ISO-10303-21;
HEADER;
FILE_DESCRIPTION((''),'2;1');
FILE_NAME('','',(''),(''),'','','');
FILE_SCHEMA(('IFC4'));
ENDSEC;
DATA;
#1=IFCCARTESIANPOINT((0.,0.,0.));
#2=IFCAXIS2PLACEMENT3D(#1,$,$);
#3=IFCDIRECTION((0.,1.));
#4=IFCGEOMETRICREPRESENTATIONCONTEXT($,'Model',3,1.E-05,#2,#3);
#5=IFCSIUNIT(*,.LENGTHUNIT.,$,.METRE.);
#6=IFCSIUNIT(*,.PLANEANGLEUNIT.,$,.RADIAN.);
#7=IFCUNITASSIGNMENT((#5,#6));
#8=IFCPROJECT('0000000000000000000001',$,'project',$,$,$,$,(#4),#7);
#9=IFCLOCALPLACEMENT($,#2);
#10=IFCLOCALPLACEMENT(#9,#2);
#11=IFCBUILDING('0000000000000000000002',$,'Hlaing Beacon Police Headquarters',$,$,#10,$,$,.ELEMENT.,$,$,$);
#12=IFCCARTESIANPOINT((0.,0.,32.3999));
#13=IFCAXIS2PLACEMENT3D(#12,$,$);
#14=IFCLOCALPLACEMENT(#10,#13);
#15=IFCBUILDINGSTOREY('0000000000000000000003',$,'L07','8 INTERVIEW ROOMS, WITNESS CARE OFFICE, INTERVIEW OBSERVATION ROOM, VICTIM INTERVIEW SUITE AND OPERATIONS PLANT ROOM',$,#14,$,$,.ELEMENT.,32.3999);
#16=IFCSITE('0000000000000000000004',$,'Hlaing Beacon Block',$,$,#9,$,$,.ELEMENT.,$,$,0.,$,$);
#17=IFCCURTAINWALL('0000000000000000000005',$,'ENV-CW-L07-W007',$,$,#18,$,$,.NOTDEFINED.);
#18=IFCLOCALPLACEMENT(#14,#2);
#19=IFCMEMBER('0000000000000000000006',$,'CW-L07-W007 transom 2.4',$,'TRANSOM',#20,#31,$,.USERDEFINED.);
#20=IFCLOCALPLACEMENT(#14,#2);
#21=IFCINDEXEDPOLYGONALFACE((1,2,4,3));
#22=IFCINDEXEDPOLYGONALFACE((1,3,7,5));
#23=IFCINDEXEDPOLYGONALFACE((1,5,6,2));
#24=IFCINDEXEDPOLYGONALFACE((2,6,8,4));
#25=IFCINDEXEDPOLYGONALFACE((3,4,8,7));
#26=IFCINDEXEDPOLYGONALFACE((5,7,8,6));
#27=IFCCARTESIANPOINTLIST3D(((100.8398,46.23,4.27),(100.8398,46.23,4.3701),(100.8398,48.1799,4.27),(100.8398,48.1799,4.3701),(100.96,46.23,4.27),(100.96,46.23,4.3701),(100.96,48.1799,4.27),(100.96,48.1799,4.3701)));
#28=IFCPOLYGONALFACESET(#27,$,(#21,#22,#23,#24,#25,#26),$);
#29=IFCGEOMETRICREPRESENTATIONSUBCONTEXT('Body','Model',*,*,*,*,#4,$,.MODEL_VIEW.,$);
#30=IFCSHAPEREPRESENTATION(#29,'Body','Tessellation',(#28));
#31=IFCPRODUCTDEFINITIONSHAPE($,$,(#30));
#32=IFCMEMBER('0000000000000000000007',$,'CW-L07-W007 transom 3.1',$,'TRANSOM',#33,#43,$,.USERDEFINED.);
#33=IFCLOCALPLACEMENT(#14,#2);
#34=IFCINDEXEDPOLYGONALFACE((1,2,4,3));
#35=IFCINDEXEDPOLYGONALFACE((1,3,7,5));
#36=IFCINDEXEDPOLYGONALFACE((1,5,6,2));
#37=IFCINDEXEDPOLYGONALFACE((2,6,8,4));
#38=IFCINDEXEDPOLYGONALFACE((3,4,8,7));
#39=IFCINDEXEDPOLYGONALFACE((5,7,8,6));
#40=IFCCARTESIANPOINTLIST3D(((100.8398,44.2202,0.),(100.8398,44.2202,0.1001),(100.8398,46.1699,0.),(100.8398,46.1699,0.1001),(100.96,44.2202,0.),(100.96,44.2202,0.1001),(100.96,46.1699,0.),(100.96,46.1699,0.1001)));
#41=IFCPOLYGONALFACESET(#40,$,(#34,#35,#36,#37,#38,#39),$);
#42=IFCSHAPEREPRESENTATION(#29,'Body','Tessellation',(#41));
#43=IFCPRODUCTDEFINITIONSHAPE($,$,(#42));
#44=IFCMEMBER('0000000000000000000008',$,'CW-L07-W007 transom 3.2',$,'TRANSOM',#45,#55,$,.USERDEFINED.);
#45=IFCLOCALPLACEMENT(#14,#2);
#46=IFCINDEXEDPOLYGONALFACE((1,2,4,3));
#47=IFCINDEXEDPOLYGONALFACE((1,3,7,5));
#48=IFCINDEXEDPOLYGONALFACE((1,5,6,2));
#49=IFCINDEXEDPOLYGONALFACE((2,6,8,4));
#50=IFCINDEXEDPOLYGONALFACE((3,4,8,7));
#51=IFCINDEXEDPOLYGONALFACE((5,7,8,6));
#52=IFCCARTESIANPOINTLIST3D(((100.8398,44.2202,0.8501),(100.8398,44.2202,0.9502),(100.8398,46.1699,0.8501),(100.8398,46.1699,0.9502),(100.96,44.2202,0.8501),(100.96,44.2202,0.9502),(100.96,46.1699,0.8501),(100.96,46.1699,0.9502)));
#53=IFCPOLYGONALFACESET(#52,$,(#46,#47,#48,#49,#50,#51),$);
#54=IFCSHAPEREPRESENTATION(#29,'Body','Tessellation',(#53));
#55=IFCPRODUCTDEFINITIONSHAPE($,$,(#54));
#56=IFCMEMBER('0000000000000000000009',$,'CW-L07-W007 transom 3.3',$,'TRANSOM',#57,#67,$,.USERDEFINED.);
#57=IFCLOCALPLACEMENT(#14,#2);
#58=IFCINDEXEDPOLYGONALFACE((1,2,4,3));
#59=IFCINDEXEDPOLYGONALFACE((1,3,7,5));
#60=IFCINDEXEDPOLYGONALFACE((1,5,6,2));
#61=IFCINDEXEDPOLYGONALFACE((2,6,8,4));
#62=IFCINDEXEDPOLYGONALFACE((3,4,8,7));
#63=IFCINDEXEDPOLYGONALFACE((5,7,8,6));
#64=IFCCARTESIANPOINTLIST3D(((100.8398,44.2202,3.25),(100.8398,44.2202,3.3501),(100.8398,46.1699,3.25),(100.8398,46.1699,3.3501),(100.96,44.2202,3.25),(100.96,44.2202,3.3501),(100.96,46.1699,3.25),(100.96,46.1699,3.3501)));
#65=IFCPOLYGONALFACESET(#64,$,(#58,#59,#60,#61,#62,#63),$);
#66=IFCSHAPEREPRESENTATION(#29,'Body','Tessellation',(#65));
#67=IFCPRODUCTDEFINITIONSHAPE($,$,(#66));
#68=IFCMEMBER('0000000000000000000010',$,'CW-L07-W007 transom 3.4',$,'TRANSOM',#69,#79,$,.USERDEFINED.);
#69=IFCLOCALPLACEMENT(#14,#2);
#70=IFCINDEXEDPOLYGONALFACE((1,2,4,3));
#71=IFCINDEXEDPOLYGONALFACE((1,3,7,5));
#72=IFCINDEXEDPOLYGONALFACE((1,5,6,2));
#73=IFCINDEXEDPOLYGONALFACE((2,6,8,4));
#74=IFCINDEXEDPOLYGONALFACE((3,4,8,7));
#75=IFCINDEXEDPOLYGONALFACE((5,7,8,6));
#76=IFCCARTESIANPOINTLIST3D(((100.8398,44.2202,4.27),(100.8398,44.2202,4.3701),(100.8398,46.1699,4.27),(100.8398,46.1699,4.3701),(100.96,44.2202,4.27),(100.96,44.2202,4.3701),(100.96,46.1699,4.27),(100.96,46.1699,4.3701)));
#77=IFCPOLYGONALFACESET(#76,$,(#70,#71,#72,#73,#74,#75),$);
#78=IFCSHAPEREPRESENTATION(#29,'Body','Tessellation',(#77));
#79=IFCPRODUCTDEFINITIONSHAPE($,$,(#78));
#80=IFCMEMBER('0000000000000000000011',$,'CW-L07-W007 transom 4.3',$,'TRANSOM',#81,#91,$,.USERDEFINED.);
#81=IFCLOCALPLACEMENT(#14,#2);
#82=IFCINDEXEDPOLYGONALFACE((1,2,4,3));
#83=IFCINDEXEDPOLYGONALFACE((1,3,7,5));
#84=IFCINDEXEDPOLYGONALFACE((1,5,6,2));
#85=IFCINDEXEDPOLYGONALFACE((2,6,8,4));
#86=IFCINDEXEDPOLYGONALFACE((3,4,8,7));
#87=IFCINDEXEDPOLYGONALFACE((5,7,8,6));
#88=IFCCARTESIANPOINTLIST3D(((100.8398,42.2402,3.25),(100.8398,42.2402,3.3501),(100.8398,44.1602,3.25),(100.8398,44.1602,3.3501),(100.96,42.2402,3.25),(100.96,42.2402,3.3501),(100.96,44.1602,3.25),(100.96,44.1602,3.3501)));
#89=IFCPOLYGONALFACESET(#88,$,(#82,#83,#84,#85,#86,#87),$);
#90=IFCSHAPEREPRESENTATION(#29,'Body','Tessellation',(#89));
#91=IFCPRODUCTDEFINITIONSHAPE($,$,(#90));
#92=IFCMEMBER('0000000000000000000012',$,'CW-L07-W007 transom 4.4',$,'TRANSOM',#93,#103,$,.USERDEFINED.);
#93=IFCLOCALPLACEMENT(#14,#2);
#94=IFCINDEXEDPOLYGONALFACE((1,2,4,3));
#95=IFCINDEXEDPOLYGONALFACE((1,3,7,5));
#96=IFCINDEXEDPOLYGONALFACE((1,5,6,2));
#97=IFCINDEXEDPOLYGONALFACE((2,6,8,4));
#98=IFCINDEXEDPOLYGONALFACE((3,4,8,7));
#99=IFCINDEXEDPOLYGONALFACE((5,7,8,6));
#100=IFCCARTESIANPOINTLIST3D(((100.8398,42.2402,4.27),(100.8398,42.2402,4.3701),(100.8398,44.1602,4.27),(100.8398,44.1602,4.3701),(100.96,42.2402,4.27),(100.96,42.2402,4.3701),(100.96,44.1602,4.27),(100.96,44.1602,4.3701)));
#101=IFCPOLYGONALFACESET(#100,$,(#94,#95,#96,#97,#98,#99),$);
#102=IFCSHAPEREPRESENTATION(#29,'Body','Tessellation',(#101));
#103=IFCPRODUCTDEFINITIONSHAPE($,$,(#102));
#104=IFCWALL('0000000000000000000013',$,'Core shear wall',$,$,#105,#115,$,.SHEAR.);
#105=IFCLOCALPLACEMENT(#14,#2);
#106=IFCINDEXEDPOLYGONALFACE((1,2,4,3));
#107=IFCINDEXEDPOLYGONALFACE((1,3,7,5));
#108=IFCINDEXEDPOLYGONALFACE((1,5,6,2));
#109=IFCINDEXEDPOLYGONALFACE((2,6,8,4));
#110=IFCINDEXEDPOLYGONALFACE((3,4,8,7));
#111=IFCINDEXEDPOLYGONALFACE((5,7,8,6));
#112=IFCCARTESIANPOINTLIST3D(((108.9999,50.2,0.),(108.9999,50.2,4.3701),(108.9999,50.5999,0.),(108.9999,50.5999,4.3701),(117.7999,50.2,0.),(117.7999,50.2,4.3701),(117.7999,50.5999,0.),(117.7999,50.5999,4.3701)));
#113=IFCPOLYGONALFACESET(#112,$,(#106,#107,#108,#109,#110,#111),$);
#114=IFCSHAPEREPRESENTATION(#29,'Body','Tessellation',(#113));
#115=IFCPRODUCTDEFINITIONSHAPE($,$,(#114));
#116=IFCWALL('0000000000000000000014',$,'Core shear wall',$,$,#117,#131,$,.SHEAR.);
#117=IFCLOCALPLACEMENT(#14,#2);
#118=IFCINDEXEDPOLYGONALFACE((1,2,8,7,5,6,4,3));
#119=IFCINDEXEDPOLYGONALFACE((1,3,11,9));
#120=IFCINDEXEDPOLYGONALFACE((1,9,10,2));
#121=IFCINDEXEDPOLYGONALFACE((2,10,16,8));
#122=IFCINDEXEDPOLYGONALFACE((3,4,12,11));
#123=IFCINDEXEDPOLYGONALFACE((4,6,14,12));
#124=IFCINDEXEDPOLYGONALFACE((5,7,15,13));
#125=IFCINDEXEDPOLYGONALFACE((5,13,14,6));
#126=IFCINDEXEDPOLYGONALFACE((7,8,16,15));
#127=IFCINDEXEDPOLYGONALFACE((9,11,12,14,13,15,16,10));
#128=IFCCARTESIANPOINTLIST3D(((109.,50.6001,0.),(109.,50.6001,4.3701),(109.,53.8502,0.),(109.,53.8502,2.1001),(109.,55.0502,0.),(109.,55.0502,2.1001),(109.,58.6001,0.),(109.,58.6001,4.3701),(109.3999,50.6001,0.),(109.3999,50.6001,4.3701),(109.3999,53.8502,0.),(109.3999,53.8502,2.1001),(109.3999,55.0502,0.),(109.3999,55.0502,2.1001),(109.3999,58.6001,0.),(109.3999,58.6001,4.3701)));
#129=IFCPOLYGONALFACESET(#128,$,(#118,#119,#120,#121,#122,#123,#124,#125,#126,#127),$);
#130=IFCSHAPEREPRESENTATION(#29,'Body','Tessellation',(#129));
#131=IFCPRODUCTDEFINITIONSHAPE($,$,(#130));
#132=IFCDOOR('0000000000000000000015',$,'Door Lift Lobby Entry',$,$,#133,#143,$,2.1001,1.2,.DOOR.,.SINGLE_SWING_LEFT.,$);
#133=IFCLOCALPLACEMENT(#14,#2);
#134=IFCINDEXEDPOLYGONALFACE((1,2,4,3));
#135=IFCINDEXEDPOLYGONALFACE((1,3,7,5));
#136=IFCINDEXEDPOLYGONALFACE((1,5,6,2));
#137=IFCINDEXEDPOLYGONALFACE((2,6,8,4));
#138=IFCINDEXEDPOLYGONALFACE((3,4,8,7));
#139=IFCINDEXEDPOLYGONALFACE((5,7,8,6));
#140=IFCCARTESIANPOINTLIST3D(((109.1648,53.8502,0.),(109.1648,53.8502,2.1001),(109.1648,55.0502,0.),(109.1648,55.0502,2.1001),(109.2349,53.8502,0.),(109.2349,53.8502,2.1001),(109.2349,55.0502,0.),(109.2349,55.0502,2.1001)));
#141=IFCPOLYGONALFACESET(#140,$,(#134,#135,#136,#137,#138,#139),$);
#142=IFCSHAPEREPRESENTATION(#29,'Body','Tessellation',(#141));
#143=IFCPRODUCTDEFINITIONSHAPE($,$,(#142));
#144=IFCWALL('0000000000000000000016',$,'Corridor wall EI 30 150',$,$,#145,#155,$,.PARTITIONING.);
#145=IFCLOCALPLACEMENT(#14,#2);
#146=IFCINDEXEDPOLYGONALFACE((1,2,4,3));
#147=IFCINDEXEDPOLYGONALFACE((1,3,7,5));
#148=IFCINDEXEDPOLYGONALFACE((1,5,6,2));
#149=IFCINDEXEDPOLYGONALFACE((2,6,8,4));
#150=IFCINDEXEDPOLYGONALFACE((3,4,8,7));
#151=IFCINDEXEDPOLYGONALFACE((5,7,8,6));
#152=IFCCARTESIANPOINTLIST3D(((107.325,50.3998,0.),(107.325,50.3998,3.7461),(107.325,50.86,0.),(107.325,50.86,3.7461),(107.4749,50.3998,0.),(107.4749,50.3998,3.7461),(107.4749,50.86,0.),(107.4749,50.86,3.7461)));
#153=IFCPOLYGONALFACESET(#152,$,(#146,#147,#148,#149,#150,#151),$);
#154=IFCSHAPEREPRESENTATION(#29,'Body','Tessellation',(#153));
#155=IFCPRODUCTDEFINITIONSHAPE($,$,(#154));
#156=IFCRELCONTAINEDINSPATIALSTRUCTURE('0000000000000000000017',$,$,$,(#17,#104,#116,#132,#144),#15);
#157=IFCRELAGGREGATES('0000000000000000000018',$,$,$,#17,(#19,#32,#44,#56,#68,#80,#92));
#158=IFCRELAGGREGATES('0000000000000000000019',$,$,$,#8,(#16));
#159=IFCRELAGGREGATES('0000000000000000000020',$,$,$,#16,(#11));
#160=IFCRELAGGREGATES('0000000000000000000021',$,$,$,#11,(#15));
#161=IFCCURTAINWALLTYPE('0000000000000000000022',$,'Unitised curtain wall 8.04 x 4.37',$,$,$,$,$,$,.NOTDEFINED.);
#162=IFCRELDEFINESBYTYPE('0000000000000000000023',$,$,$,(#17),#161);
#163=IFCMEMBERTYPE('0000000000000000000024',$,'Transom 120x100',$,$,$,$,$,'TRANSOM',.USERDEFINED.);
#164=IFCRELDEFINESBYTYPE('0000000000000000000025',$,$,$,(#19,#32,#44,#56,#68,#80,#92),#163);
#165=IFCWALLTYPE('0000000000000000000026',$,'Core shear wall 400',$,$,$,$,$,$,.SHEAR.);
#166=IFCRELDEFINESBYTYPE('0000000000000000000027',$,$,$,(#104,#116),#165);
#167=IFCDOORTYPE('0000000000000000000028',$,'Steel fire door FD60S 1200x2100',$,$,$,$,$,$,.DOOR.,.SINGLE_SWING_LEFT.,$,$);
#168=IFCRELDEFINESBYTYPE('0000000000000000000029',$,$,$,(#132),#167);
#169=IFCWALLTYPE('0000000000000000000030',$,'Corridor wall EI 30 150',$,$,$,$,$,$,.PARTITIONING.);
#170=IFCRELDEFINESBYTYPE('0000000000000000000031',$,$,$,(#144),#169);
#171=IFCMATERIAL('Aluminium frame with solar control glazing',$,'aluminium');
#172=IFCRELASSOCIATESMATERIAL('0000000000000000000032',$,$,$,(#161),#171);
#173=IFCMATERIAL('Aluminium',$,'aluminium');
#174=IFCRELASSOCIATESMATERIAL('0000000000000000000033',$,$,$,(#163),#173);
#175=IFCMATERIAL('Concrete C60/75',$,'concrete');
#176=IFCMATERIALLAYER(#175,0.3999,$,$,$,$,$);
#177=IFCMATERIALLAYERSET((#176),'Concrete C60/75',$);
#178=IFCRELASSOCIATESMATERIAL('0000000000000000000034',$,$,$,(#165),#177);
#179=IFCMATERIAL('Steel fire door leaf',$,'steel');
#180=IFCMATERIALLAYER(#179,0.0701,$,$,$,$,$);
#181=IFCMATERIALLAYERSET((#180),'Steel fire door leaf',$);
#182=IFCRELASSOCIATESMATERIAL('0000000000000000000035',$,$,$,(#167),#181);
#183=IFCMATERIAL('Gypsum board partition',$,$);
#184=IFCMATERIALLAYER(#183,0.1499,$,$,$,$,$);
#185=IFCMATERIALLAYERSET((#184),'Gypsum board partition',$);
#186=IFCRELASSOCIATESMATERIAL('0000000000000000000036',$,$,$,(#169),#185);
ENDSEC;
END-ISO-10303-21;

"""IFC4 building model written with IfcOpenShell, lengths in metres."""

from ifc_helpers import new_model, si_unit, direction, frame, frame_2d, origin, origin_2d, place, context, subcontext, project, spatial, rectangle, extrude, material, layer, layer_set, material_profile, profile_set, type_object, element, fill, aggregate, save


model = new_model("IFC4")

# Units and contexts
model_context = context("Model", 3, precision=1e-05, world=origin(), true_north=direction((0.0, 1.0)))
body_context = subcontext(model_context, "Body", "Model", "MODEL_VIEW")
ifc_project = project(units=[si_unit("LENGTHUNIT", "METRE"), si_unit("PLANEANGLEUNIT", "RADIAN")], contexts=[model_context])

# Site, building, storey
site_placement = place(None, origin())
site = spatial("IfcSite", under=ifc_project, at=site_placement, Name="Hlaing Beacon Block", CompositionType="ELEMENT", RefElevation=0.0)
building_placement = place(site_placement, origin())
building = spatial("IfcBuilding", under=site, at=building_placement, Name="Hlaing Beacon Police Headquarters", CompositionType="ELEMENT")
storey_placement = place(building_placement, frame((0.0, 0.0, 32.3999)))
storey = spatial("IfcBuildingStorey", under=building, at=storey_placement, Name="L07", Description="8 INTERVIEW ROOMS, WITNESS CARE OFFICE, INTERVIEW OBSERVATION ROOM, VICTIM INTERVIEW SUITE AND OPERATIONS PLANT ROOM", CompositionType="ELEMENT", Elevation=32.3999)

# Curtain wall, members
ifc_material_1 = material(Name="Aluminium frame with solar control glazing", Category="aluminium")
curtain_wall_type = type_object("IfcCurtainWallType", Name="Unitised curtain wall 8.04 x 4.37", PredefinedType="NOTDEFINED", material=ifc_material_1)
curtain_wall_placement = place(storey_placement, origin())
curtain_wall = element("IfcCurtainWall", 1, at=curtain_wall_placement, inside=storey, type_object=curtain_wall_type, Name="ENV-CW-L07-W007", PredefinedType="NOTDEFINED")
ifc_material_2 = material(Name="Aluminium", Category="aluminium")
ifc_material_profile_1 = material_profile(ifc_material_2, rectangle(XDim=0.1201, YDim=0.1001, at=origin_2d()), Name="Transom 120x100")
ifc_profile_set_1 = profile_set([ifc_material_profile_1], Name="Aluminium")
member_type = type_object("IfcMemberType", Name="Transom 120x100", ElementType="TRANSOM", PredefinedType="USERDEFINED", material=ifc_profile_set_1)
member_1_placement = place(storey_placement, frame((100.8999, 48.1799, 4.3201), z_axis=(0.0, -1.0, 0.0), x_axis=(1.0, 0.0, 0.0)))
member_1 = element("IfcMember", 2, at=member_1_placement, type_object=member_type, Name="CW-L07-W007 transom 2.4", ObjectType="TRANSOM", PredefinedType="USERDEFINED", context=body_context, shape_type="SweptSolid", body=[
    extrude(rectangle(XDim=0.1201, YDim=0.1001, at=origin_2d()), origin(), (0.0, 0.0, 1.0), 1.95),
])
member_2_placement = place(storey_placement, frame((100.8999, 46.1699, 0.05), z_axis=(0.0, -1.0, 0.0), x_axis=(1.0, 0.0, 0.0)))
member_2 = element("IfcMember", 3, at=member_2_placement, type_object=member_type, Name="CW-L07-W007 transom 3.1", ObjectType="TRANSOM", PredefinedType="USERDEFINED", context=body_context, shape_type="SweptSolid", body=[
    extrude(rectangle(XDim=0.1201, YDim=0.1001, at=origin_2d()), origin(), (0.0, 0.0, 1.0), 1.9497),
])
member_3_placement = place(storey_placement, frame((100.8999, 46.1699, 0.9001), z_axis=(0.0, -1.0, 0.0), x_axis=(1.0, 0.0, 0.0)))
member_3 = element("IfcMember", 4, at=member_3_placement, type_object=member_type, Name="CW-L07-W007 transom 3.2", ObjectType="TRANSOM", PredefinedType="USERDEFINED", context=body_context, shape_type="SweptSolid", body=[
    extrude(rectangle(XDim=0.1201, YDim=0.1001, at=origin_2d()), origin(), (0.0, 0.0, 1.0), 1.9497),
])
member_4_placement = place(storey_placement, frame((100.8999, 46.1699, 3.3), z_axis=(0.0, -1.0, 0.0), x_axis=(1.0, 0.0, 0.0)))
member_4 = element("IfcMember", 5, at=member_4_placement, type_object=member_type, Name="CW-L07-W007 transom 3.3", ObjectType="TRANSOM", PredefinedType="USERDEFINED", context=body_context, shape_type="SweptSolid", body=[
    extrude(rectangle(XDim=0.1201, YDim=0.1001, at=origin_2d()), origin(), (0.0, 0.0, 1.0), 1.9497),
])
member_5_placement = place(storey_placement, frame((100.8999, 46.1699, 4.3201), z_axis=(0.0, -1.0, 0.0), x_axis=(1.0, 0.0, 0.0)))
member_5 = element("IfcMember", 6, at=member_5_placement, type_object=member_type, Name="CW-L07-W007 transom 3.4", ObjectType="TRANSOM", PredefinedType="USERDEFINED", context=body_context, shape_type="SweptSolid", body=[
    extrude(rectangle(XDim=0.1201, YDim=0.1001, at=origin_2d()), origin(), (0.0, 0.0, 1.0), 1.9497),
])
member_6_placement = place(storey_placement, frame((100.8999, 44.1602, 3.3), z_axis=(0.0, -1.0, 0.0), x_axis=(1.0, 0.0, 0.0)))
member_6 = element("IfcMember", 7, at=member_6_placement, type_object=member_type, Name="CW-L07-W007 transom 4.3", ObjectType="TRANSOM", PredefinedType="USERDEFINED", context=body_context, shape_type="SweptSolid", body=[
    extrude(rectangle(XDim=0.1201, YDim=0.1001, at=origin_2d()), origin(), (0.0, 0.0, 1.0), 1.9199),
])
member_7_placement = place(storey_placement, frame((100.8999, 44.1602, 4.3201), z_axis=(0.0, -1.0, 0.0), x_axis=(1.0, 0.0, 0.0)))
member_7 = element("IfcMember", 8, at=member_7_placement, type_object=member_type, Name="CW-L07-W007 transom 4.4", ObjectType="TRANSOM", PredefinedType="USERDEFINED", context=body_context, shape_type="SweptSolid", body=[
    extrude(rectangle(XDim=0.1201, YDim=0.1001, at=origin_2d()), origin(), (0.0, 0.0, 1.0), 1.9199),
])
aggregate(curtain_wall, [member_1, member_2, member_3, member_4, member_5, member_6, member_7])

# Wall
ifc_material_3 = material(Name="Concrete C60/75", Category="concrete")
ifc_layer_1 = layer(ifc_material_3, 0.3999)
ifc_layer_set_1 = layer_set([ifc_layer_1], Name="Concrete C60/75")
wall_type_1 = type_object("IfcWallType", Name="Core shear wall 400", PredefinedType="SHEAR", material=ifc_layer_set_1)
wall_1_placement = place(storey_placement, frame((109.0, 50.3999, 0.0), z_axis=(0.0, 0.0, 1.0), x_axis=(1.0, 0.0, 0.0)))
element("IfcWall", 9, at=wall_1_placement, inside=storey, type_object=wall_type_1, Name="Core shear wall", PredefinedType="SHEAR", context=body_context, shape_type="SweptSolid", body=[
    extrude(rectangle(XDim=8.8, YDim=0.3999, at=frame_2d((4.3999, 0.0))), origin(), (0.0, 0.0, 1.0), 4.3701),
])

# Wall, opening, door
wall_2_placement = place(storey_placement, frame((109.2, 50.6001, 0.0), z_axis=(0.0, 0.0, 1.0), x_axis=(0.0, 1.0, 0.0)))
wall_2 = element("IfcWall", 10, at=wall_2_placement, inside=storey, type_object=wall_type_1, Name="Core shear wall", PredefinedType="SHEAR", context=body_context, shape_type="SweptSolid", body=[
    extrude(rectangle(XDim=8.0, YDim=0.3999, at=frame_2d((4.0, 0.0))), origin(), (0.0, 0.0, 1.0), 4.3701),
])
opening_1_placement = place(wall_2_placement, frame((3.25, 0.0, 0.0)))
opening_1 = element("IfcOpeningElement", 11, at=opening_1_placement, cuts=wall_2, PredefinedType="OPENING", context=body_context, shape_type="SweptSolid", body=[
    extrude(rectangle(XDim=1.2, YDim=2.1001, at=frame_2d((0.6001, 1.05))), frame((0.0, 0.21, 0.0), z_axis=(0.0, -1.0, 0.0), x_axis=(1.0, 0.0, 0.0)), (0.0, 0.0, 1.0), 0.4199),
])
ifc_material_4 = material(Name="Steel fire door leaf", Category="steel")
ifc_layer_2 = layer(ifc_material_4, 0.0701)
ifc_layer_set_2 = layer_set([ifc_layer_2], Name="Steel fire door leaf")
door_type_1 = type_object("IfcDoorType", Name="Steel fire door FD60S 1200x2100", OperationType="SINGLE_SWING_LEFT", PredefinedType="DOOR", material=ifc_layer_set_2)
door_1_placement = place(opening_1_placement, frame((1.2, 0.0, 0.0), z_axis=(0.0, 0.0, 1.0), x_axis=(-1.0, 0.0, 0.0)))
door_1 = element("IfcDoor", 12, at=door_1_placement, inside=storey, type_object=door_type_1, Name="Door Lift Lobby Entry", OperationType="SINGLE_SWING_LEFT", OverallHeight=2.1001, OverallWidth=1.2, PredefinedType="DOOR", context=body_context, shape_type="SweptSolid", body=[
    extrude(rectangle(XDim=1.2, YDim=2.1001, at=frame_2d((0.5999, 1.05))), frame((0.0, 0.0349, 0.0), z_axis=(0.0, -1.0, 0.0), x_axis=(1.0, 0.0, 0.0)), (0.0, 0.0, 1.0), 0.0701),
])
fill(opening_1, door_1)

# Wall
ifc_material_5 = material(Name="Gypsum board partition")
ifc_layer_3 = layer(ifc_material_5, 0.1499)
ifc_layer_set_3 = layer_set([ifc_layer_3], Name="Gypsum board partition")
wall_type_2 = type_object("IfcWallType", Name="Corridor wall EI 30 150", PredefinedType="PARTITIONING", material=ifc_layer_set_3)
wall_3_placement = place(storey_placement, frame((107.3999, 50.3999, 0.0), z_axis=(0.0, 0.0, 1.0), x_axis=(0.0, 1.0, 0.0)))
element("IfcWall", 13, at=wall_3_placement, inside=storey, type_object=wall_type_2, Name="Corridor wall EI 30 150", PredefinedType="PARTITIONING", context=body_context, shape_type="SweptSolid", body=[
    extrude(rectangle(XDim=0.4602, YDim=0.1499, at=frame_2d((0.23, 0.0))), origin(), (0.0, 0.0, 1.0), 3.7461),
])

save(model, "model.ifc")
